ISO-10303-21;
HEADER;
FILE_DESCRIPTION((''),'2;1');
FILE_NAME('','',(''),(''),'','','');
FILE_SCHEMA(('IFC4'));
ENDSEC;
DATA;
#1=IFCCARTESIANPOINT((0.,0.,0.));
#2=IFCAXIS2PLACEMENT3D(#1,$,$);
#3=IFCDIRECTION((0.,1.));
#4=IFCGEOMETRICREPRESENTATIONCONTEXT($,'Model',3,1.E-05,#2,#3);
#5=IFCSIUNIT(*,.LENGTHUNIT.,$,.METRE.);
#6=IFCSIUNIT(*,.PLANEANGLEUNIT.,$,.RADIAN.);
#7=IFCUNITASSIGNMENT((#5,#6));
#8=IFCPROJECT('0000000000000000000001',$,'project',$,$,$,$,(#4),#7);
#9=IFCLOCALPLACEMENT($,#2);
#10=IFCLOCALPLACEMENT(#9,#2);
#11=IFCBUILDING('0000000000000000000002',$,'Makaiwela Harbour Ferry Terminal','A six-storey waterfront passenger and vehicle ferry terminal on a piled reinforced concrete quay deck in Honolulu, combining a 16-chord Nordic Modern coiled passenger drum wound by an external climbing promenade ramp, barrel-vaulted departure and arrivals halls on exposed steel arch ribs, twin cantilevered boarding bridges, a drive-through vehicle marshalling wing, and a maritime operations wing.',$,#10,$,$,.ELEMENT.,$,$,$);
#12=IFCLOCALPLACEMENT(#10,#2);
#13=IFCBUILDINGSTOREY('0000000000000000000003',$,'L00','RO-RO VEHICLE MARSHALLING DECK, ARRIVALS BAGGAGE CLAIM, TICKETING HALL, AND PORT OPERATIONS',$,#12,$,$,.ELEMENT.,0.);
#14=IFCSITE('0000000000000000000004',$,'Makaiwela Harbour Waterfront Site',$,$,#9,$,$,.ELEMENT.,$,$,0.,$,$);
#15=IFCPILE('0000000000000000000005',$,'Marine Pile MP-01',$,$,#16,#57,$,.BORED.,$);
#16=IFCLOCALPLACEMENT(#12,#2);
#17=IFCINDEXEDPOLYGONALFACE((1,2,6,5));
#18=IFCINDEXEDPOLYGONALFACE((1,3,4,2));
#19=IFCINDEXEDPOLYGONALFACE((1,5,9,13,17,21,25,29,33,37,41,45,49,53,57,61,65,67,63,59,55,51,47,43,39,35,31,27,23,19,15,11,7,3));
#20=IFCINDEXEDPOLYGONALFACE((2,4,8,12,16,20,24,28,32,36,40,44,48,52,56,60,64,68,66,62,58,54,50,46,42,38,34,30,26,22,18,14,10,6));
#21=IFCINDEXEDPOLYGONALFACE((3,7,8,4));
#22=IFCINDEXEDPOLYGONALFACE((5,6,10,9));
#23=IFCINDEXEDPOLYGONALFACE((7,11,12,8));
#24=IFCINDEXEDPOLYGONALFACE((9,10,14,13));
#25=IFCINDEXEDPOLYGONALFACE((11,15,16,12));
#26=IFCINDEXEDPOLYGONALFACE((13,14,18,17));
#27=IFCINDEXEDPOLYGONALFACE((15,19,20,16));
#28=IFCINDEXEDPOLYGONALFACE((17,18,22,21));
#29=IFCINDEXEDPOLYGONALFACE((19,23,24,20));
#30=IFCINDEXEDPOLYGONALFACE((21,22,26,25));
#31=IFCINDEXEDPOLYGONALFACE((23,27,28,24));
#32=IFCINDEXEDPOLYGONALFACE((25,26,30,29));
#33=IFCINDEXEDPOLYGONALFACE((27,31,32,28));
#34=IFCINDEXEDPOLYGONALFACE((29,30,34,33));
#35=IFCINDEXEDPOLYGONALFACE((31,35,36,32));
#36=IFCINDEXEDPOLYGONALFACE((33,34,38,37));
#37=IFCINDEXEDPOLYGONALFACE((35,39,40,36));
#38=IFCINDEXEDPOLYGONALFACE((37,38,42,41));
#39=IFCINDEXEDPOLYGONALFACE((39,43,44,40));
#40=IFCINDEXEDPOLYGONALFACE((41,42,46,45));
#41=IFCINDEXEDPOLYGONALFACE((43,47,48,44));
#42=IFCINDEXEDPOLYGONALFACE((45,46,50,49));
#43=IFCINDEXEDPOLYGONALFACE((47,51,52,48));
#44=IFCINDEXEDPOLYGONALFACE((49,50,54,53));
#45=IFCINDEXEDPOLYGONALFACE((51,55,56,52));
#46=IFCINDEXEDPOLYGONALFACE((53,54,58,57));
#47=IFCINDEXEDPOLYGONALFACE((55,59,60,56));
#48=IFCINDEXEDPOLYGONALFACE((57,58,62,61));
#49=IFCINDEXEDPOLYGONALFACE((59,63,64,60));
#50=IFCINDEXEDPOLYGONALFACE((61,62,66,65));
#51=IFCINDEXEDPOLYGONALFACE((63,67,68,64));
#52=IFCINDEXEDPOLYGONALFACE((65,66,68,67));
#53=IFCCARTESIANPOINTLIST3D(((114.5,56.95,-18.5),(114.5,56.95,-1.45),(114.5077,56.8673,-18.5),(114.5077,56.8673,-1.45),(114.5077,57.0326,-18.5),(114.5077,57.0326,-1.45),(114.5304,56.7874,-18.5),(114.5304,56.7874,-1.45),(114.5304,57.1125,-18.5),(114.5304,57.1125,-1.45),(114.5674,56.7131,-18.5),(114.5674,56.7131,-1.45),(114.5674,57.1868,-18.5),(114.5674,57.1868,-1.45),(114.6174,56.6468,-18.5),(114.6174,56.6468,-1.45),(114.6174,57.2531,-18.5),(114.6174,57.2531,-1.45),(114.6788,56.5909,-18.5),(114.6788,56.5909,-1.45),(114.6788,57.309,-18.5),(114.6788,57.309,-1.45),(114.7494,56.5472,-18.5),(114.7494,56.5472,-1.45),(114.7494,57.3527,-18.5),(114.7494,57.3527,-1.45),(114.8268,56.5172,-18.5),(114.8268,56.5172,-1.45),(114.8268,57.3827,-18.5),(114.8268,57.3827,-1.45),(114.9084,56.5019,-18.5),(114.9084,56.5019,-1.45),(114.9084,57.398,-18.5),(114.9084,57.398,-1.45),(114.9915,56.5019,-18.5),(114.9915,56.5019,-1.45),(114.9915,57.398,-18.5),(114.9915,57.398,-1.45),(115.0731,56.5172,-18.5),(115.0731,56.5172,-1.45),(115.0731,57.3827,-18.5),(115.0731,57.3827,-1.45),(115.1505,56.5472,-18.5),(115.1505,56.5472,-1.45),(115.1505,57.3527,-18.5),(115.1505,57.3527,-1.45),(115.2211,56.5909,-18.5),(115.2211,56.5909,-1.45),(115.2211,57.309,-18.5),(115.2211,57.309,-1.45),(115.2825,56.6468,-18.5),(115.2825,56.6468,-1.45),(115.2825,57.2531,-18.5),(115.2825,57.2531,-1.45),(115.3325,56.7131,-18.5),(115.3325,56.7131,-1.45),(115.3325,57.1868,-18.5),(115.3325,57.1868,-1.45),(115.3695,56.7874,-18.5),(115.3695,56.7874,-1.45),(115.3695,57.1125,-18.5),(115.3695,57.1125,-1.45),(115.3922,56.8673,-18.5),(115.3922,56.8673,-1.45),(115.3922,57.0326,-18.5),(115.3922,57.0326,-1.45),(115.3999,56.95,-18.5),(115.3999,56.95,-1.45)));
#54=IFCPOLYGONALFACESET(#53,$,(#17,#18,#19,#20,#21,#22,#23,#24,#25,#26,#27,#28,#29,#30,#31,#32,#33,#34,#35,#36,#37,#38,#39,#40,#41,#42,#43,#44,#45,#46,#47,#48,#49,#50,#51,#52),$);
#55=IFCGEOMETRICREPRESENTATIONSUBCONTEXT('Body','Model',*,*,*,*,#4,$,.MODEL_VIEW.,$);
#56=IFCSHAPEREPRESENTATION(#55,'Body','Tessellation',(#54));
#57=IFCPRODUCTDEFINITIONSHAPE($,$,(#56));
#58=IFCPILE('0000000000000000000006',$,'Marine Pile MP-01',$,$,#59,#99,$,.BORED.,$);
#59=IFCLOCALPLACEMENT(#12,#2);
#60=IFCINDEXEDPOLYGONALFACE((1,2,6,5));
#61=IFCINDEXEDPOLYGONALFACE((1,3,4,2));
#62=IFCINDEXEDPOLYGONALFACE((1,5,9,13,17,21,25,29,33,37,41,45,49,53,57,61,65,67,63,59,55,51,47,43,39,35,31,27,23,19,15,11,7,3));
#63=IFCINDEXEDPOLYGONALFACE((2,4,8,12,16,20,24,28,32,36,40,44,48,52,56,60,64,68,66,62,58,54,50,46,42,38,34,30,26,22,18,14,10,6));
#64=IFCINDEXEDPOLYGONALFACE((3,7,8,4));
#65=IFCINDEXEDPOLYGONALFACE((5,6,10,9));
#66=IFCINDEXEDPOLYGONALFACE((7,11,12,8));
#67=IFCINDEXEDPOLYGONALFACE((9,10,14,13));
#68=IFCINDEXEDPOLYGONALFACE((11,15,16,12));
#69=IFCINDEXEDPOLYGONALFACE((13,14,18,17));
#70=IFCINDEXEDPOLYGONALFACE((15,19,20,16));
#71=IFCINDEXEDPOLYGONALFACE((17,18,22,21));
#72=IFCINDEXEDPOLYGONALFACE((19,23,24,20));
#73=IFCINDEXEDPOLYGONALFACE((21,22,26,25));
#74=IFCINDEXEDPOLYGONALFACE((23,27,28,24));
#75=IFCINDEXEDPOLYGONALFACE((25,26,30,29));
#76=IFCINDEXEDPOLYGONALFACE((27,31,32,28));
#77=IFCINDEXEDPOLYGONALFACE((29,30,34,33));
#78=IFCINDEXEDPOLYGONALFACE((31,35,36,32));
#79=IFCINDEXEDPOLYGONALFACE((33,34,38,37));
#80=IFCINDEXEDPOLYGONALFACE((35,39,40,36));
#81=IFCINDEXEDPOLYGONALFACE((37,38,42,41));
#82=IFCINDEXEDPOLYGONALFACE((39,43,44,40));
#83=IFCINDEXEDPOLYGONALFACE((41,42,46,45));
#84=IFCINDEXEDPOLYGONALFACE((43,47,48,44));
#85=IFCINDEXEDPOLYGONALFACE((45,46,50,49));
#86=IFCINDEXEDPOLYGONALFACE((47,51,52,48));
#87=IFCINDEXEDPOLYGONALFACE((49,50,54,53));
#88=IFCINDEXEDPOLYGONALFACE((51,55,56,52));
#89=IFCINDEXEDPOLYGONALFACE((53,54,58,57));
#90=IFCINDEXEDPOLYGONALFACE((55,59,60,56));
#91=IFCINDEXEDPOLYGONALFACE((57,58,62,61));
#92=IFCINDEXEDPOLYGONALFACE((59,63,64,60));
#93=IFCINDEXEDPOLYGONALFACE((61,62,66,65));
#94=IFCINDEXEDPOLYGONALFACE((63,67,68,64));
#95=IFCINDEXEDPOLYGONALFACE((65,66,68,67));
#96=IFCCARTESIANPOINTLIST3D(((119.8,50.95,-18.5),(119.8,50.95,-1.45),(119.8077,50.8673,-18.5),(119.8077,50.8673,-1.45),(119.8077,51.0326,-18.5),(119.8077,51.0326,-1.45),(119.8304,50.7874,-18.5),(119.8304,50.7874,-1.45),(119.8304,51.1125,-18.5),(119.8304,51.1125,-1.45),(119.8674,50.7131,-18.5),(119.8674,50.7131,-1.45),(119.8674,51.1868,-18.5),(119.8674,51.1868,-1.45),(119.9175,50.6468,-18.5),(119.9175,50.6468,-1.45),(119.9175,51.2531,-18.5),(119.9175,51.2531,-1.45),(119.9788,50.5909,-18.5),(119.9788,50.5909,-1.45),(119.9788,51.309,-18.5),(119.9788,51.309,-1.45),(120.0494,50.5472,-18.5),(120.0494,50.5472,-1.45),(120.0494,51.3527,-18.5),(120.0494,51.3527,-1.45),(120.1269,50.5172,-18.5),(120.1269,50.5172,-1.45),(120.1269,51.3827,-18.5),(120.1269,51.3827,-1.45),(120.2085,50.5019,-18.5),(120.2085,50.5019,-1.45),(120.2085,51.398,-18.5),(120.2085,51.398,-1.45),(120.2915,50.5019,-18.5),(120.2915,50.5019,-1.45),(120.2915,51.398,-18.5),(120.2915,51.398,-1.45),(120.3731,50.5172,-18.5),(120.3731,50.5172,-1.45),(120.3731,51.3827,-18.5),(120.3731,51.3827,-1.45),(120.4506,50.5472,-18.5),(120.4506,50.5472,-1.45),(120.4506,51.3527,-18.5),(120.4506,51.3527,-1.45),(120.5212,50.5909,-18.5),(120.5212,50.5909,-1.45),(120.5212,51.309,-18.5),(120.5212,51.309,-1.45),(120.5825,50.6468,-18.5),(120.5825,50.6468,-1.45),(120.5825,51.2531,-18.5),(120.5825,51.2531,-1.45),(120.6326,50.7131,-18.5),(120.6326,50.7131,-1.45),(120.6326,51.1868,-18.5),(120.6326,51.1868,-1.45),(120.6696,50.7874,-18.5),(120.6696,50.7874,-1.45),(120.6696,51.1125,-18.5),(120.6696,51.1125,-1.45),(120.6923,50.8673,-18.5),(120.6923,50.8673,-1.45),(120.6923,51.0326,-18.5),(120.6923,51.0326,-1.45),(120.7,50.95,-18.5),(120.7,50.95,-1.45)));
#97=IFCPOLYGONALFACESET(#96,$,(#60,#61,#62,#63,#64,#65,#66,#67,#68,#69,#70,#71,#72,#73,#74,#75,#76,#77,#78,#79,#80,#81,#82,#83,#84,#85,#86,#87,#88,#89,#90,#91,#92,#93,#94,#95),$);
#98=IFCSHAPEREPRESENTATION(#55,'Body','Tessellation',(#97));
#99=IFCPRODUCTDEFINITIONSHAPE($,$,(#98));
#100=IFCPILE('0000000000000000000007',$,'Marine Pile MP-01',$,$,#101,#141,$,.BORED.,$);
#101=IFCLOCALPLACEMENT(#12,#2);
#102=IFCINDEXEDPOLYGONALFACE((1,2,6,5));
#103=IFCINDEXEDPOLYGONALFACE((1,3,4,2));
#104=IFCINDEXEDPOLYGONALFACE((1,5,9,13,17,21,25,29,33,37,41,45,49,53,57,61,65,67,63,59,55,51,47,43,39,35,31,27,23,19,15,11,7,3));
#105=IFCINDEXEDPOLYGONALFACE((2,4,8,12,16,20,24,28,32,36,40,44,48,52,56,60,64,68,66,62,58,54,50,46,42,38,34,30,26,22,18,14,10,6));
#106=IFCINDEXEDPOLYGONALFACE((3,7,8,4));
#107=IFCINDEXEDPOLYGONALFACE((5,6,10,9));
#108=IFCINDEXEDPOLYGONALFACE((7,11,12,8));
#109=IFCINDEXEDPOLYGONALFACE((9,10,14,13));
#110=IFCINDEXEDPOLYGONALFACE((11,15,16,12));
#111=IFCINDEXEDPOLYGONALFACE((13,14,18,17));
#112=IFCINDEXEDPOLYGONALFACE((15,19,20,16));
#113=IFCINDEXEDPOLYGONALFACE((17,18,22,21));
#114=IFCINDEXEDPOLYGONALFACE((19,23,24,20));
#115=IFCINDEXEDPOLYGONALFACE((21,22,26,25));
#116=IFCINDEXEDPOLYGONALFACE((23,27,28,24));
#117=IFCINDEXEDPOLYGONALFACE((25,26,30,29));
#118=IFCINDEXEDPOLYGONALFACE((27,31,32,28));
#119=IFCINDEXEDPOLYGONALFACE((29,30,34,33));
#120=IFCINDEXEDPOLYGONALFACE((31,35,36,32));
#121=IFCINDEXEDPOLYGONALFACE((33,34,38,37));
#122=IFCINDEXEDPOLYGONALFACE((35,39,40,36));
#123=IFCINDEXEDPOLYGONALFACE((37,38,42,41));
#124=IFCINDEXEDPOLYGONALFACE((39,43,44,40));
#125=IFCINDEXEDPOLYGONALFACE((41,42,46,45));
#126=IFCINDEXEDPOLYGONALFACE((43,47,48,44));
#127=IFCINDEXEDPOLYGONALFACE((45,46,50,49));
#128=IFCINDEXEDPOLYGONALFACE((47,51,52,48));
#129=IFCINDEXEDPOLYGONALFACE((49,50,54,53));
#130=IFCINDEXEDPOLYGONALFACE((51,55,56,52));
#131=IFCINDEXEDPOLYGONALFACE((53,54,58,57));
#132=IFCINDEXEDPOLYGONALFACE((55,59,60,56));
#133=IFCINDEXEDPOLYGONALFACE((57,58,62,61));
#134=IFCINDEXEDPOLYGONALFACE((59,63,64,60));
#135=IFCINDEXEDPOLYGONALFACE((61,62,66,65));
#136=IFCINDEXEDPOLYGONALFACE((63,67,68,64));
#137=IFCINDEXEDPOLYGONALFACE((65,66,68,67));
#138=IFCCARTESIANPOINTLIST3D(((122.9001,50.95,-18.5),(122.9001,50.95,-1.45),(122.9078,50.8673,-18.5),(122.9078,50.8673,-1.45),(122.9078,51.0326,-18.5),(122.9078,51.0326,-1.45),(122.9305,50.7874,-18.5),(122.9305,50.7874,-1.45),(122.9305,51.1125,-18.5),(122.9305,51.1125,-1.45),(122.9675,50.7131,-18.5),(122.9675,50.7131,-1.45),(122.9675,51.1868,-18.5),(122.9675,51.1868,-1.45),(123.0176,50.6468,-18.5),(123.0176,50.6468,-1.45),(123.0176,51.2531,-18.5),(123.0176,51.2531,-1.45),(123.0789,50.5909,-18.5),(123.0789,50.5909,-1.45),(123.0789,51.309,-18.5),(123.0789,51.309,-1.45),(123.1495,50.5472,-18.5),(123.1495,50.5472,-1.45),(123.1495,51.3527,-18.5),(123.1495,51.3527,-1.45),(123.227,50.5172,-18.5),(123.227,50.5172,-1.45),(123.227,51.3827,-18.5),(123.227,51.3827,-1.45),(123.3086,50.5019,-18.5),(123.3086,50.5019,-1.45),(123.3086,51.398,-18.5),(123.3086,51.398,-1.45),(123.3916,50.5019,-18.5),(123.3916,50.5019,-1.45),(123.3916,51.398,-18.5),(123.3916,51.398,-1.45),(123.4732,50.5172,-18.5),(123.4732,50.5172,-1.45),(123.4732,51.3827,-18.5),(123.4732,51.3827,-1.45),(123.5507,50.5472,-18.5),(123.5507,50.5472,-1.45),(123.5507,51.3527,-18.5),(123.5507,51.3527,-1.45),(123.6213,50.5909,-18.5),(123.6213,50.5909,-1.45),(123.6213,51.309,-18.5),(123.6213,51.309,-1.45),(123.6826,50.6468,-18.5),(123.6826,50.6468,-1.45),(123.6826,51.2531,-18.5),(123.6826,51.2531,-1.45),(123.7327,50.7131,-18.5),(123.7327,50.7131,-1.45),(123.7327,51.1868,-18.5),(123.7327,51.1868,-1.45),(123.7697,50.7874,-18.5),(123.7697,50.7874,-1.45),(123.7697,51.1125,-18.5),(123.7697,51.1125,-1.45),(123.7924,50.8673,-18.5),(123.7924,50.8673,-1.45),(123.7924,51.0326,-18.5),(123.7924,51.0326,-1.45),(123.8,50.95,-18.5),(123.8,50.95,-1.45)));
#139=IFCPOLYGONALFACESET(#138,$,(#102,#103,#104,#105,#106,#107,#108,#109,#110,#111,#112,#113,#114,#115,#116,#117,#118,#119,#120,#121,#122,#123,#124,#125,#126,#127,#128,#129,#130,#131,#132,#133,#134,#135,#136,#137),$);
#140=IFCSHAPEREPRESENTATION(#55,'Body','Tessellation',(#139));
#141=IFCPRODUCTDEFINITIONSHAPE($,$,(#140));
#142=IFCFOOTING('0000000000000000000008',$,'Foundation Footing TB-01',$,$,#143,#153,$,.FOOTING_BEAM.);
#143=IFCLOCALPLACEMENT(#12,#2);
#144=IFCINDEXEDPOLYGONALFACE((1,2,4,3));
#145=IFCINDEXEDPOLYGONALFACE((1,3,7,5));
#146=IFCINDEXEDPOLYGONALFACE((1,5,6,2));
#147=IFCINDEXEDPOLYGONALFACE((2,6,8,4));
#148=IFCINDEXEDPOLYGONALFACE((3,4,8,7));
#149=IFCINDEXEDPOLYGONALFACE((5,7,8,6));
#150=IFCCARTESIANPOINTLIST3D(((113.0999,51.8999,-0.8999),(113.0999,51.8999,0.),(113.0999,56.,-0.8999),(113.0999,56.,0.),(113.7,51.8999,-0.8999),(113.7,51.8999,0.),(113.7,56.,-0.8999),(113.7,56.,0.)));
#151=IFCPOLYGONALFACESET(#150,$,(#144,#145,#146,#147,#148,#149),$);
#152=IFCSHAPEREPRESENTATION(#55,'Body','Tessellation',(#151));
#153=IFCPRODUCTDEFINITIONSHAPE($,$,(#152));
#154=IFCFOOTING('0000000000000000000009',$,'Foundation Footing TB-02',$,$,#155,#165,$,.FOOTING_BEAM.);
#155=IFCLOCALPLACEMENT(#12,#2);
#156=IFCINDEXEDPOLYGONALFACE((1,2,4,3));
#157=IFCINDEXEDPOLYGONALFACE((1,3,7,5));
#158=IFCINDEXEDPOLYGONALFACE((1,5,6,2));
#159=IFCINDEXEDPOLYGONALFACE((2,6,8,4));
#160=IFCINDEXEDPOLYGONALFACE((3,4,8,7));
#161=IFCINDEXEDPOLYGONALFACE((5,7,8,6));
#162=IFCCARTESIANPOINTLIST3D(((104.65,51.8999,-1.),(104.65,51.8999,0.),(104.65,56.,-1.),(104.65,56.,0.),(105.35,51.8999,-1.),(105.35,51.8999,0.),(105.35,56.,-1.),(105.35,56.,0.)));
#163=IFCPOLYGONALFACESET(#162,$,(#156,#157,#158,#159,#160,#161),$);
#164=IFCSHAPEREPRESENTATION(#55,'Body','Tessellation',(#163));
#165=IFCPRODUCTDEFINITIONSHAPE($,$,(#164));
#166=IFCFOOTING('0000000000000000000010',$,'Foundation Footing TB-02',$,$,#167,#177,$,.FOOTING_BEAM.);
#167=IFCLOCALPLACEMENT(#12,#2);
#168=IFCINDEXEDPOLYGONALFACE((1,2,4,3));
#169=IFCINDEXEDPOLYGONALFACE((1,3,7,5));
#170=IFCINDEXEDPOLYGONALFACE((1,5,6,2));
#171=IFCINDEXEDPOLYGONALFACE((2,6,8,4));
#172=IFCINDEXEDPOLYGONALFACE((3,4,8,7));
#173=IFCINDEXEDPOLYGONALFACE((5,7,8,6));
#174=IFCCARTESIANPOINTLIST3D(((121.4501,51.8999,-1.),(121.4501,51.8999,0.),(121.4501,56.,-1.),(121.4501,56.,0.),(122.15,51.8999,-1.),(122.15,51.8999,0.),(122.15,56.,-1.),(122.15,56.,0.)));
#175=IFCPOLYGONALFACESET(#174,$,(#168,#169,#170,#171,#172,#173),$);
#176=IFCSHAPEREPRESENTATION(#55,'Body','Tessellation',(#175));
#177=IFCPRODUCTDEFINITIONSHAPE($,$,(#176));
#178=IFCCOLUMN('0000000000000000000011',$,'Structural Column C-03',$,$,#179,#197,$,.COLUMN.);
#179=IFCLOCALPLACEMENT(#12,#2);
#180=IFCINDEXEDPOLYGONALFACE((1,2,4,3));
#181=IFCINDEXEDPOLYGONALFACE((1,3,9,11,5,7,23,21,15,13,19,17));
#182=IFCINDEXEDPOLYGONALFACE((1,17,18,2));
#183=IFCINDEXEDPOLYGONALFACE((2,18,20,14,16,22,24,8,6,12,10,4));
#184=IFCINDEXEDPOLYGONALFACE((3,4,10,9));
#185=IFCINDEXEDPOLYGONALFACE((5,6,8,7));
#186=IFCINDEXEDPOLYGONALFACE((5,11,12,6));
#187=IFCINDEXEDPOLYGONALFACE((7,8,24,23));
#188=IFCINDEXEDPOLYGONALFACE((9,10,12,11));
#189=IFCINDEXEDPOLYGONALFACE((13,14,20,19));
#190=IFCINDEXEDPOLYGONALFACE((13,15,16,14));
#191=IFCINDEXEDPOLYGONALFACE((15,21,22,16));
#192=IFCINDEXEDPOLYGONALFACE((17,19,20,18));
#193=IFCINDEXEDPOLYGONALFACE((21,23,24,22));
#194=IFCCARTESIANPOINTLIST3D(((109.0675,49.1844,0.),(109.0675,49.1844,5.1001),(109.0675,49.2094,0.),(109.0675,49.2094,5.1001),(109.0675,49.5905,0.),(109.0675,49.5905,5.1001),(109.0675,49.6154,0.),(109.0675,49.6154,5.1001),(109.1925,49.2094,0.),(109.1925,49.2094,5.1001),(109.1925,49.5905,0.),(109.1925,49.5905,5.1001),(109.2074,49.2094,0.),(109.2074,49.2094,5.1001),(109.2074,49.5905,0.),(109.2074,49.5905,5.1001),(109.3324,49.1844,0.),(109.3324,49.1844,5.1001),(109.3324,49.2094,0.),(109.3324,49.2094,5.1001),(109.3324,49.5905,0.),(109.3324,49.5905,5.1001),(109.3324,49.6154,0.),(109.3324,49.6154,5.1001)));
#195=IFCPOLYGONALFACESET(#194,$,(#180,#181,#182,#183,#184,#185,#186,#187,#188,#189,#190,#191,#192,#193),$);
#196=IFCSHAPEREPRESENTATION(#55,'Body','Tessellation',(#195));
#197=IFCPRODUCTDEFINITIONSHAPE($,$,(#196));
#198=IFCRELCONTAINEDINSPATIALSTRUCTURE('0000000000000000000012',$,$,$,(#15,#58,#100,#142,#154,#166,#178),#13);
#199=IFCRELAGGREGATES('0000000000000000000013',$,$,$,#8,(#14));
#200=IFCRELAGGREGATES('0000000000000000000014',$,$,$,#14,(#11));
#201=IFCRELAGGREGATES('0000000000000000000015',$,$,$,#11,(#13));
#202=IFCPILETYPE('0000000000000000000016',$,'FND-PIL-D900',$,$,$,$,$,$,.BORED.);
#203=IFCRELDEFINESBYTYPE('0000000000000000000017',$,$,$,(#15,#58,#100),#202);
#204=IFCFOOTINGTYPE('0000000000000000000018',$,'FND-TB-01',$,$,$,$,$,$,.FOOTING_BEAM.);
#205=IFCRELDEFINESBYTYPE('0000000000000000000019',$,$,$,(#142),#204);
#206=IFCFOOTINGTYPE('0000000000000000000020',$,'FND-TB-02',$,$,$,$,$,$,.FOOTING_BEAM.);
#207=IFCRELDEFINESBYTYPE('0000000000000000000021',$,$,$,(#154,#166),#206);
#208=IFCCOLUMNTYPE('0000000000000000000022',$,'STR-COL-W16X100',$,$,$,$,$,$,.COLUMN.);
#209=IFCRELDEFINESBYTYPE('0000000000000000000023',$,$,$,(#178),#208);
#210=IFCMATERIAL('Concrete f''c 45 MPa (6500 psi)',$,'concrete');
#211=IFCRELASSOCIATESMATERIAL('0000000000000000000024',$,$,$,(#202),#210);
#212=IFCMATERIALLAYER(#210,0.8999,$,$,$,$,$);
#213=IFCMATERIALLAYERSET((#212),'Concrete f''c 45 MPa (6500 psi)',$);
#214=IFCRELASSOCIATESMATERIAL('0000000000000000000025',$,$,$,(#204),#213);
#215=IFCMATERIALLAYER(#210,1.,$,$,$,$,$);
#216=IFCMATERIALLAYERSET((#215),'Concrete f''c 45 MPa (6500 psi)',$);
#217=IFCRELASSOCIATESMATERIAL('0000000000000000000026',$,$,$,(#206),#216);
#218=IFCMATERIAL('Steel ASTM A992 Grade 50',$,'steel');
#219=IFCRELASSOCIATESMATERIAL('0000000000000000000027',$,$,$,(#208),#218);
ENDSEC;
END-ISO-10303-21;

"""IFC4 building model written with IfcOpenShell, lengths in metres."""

from ifc_helpers import new_model, si_unit, direction, frame, origin, origin_2d, place, context, subcontext, project, spatial, rectangle, circle, i_section, extrude, material, layer, layer_set, material_profile, profile_set, type_object, element, save


model = new_model("IFC4")

# Units and contexts
model_context = context("Model", 3, precision=1e-05, world=origin(), true_north=direction((0.0, 1.0)))
body_context = subcontext(model_context, "Body", "Model", "MODEL_VIEW")
ifc_project = project(units=[si_unit("LENGTHUNIT", "METRE"), si_unit("PLANEANGLEUNIT", "RADIAN")], contexts=[model_context])

# Site, building, storey
site_placement = place(None, origin())
site = spatial("IfcSite", under=ifc_project, at=site_placement, Name="Makaiwela Harbour Waterfront Site", CompositionType="ELEMENT", RefElevation=0.0)
building_placement = place(site_placement, origin())
building = spatial("IfcBuilding", under=site, at=building_placement, Name="Makaiwela Harbour Ferry Terminal", Description="A six-storey waterfront passenger and vehicle ferry terminal on a piled reinforced concrete quay deck in Honolulu, combining a 16-chord Nordic Modern coiled passenger drum wound by an external climbing promenade ramp, barrel-vaulted departure and arrivals halls on exposed steel arch ribs, twin cantilevered boarding bridges, a drive-through vehicle marshalling wing, and a maritime operations wing.", CompositionType="ELEMENT")
storey_placement = place(building_placement, origin())
storey = spatial("IfcBuildingStorey", under=building, at=storey_placement, Name="L00", Description="RO-RO VEHICLE MARSHALLING DECK, ARRIVALS BAGGAGE CLAIM, TICKETING HALL, AND PORT OPERATIONS", CompositionType="ELEMENT", Elevation=0.0)

# Shared definitions
ifc_material_1 = material(Name="Concrete f'c 45 MPa (6500 psi)", Category="concrete")

# Piles
ifc_material_profile_1 = material_profile(ifc_material_1, circle(Radius=0.45, at=origin_2d()), Name="PILE-D900")
ifc_profile_set_1 = profile_set([ifc_material_profile_1], Name="Concrete f'c 45 MPa (6500 psi)")
pile_type = type_object("IfcPileType", Name="FND-PIL-D900", PredefinedType="BORED", material=ifc_profile_set_1)
for number, where, z_axis, x_axis, name in (
    (1, (114.95, 56.95, -1.45), (0.0, 0.0, -1.0), (1.0, 0.0, 0.0), "Marine Pile MP-01"),
    (2, (120.25, 50.95, -1.45), (0.0, 0.0, -1.0), (1.0, 0.0, 0.0), "Marine Pile MP-01"),
    (3, (123.3501, 50.95, -1.45), (0.0, 0.0, -1.0), (1.0, 0.0, 0.0), "Marine Pile MP-01"),
):
    element("IfcPile", number, at=place(storey_placement, frame(where, z_axis=z_axis, x_axis=x_axis)), inside=storey, type_object=pile_type, Name=name, PredefinedType="BORED", context=body_context, shape_type="SweptSolid", body=[
        extrude(circle(Radius=0.45, at=origin_2d()), origin(), (0.0, 0.0, 1.0), 17.05),
    ])

# Footings
ifc_layer_1 = layer(ifc_material_1, 0.8999)
ifc_layer_set_1 = layer_set([ifc_layer_1], Name="Concrete f'c 45 MPa (6500 psi)")
footing_type_1 = type_object("IfcFootingType", Name="FND-TB-01", PredefinedType="FOOTING_BEAM", material=ifc_layer_set_1)
footing_placement = place(storey_placement, frame((113.3999, 53.95, -0.8999), z_axis=(0.0, 0.0, 1.0), x_axis=(0.0, 1.0, 0.0)))
element("IfcFooting", 4, at=footing_placement, inside=storey, type_object=footing_type_1, Name="Foundation Footing TB-01", PredefinedType="FOOTING_BEAM", context=body_context, shape_type="SweptSolid", body=[
    extrude(rectangle(XDim=4.1001, YDim=0.6001, at=origin_2d()), origin(), (0.0, 0.0, 1.0), 0.8999),
])
ifc_layer_2 = layer(ifc_material_1, 1.0)
ifc_layer_set_2 = layer_set([ifc_layer_2], Name="Concrete f'c 45 MPa (6500 psi)")
footing_type_2 = type_object("IfcFootingType", Name="FND-TB-02", PredefinedType="FOOTING_BEAM", material=ifc_layer_set_2)
for number, where, z_axis, x_axis, name in (
    (5, (105.0, 53.95, -1.0), (0.0, 0.0, 1.0), (0.0, 1.0, 0.0), "Foundation Footing TB-02"),
    (6, (121.8, 53.95, -1.0), (0.0, 0.0, 1.0), (0.0, 1.0, 0.0), "Foundation Footing TB-02"),
):
    element("IfcFooting", number, at=place(storey_placement, frame(where, z_axis=z_axis, x_axis=x_axis)), inside=storey, type_object=footing_type_2, Name=name, PredefinedType="FOOTING_BEAM", context=body_context, shape_type="SweptSolid", body=[
        extrude(rectangle(XDim=4.1001, YDim=0.7, at=origin_2d()), origin(), (0.0, 0.0, 1.0), 1.0),
    ])

# Column
ifc_material_2 = material(Name="Steel ASTM A992 Grade 50", Category="steel")
ifc_material_profile_2 = material_profile(ifc_material_2, i_section(OverallWidth=0.2649, OverallDepth=0.4309, WebThickness=0.0149, FlangeThickness=0.0249, at=origin_2d()), Name="W16X100")
ifc_profile_set_2 = profile_set([ifc_material_profile_2], Name="Steel ASTM A992 Grade 50")
column_type_1 = type_object("IfcColumnType", Name="STR-COL-W16X100", PredefinedType="COLUMN", material=ifc_profile_set_2)
for number, where, z_axis, x_axis, name in (
    (7, (109.2, 49.3999, 0.0), (0.0, 0.0, 1.0), (1.0, 0.0, 0.0), "Structural Column C-03"),
):
    element("IfcColumn", number, at=place(storey_placement, frame(where, z_axis=z_axis, x_axis=x_axis)), inside=storey, type_object=column_type_1, Name=name, PredefinedType="COLUMN", context=body_context, shape_type="SweptSolid", body=[
        extrude(i_section(OverallWidth=0.2649, OverallDepth=0.4309, WebThickness=0.0149, FlangeThickness=0.0249, at=origin_2d()), origin(), (0.0, 0.0, 1.0), 5.1001),
    ])

save(model, "model.ifc")
